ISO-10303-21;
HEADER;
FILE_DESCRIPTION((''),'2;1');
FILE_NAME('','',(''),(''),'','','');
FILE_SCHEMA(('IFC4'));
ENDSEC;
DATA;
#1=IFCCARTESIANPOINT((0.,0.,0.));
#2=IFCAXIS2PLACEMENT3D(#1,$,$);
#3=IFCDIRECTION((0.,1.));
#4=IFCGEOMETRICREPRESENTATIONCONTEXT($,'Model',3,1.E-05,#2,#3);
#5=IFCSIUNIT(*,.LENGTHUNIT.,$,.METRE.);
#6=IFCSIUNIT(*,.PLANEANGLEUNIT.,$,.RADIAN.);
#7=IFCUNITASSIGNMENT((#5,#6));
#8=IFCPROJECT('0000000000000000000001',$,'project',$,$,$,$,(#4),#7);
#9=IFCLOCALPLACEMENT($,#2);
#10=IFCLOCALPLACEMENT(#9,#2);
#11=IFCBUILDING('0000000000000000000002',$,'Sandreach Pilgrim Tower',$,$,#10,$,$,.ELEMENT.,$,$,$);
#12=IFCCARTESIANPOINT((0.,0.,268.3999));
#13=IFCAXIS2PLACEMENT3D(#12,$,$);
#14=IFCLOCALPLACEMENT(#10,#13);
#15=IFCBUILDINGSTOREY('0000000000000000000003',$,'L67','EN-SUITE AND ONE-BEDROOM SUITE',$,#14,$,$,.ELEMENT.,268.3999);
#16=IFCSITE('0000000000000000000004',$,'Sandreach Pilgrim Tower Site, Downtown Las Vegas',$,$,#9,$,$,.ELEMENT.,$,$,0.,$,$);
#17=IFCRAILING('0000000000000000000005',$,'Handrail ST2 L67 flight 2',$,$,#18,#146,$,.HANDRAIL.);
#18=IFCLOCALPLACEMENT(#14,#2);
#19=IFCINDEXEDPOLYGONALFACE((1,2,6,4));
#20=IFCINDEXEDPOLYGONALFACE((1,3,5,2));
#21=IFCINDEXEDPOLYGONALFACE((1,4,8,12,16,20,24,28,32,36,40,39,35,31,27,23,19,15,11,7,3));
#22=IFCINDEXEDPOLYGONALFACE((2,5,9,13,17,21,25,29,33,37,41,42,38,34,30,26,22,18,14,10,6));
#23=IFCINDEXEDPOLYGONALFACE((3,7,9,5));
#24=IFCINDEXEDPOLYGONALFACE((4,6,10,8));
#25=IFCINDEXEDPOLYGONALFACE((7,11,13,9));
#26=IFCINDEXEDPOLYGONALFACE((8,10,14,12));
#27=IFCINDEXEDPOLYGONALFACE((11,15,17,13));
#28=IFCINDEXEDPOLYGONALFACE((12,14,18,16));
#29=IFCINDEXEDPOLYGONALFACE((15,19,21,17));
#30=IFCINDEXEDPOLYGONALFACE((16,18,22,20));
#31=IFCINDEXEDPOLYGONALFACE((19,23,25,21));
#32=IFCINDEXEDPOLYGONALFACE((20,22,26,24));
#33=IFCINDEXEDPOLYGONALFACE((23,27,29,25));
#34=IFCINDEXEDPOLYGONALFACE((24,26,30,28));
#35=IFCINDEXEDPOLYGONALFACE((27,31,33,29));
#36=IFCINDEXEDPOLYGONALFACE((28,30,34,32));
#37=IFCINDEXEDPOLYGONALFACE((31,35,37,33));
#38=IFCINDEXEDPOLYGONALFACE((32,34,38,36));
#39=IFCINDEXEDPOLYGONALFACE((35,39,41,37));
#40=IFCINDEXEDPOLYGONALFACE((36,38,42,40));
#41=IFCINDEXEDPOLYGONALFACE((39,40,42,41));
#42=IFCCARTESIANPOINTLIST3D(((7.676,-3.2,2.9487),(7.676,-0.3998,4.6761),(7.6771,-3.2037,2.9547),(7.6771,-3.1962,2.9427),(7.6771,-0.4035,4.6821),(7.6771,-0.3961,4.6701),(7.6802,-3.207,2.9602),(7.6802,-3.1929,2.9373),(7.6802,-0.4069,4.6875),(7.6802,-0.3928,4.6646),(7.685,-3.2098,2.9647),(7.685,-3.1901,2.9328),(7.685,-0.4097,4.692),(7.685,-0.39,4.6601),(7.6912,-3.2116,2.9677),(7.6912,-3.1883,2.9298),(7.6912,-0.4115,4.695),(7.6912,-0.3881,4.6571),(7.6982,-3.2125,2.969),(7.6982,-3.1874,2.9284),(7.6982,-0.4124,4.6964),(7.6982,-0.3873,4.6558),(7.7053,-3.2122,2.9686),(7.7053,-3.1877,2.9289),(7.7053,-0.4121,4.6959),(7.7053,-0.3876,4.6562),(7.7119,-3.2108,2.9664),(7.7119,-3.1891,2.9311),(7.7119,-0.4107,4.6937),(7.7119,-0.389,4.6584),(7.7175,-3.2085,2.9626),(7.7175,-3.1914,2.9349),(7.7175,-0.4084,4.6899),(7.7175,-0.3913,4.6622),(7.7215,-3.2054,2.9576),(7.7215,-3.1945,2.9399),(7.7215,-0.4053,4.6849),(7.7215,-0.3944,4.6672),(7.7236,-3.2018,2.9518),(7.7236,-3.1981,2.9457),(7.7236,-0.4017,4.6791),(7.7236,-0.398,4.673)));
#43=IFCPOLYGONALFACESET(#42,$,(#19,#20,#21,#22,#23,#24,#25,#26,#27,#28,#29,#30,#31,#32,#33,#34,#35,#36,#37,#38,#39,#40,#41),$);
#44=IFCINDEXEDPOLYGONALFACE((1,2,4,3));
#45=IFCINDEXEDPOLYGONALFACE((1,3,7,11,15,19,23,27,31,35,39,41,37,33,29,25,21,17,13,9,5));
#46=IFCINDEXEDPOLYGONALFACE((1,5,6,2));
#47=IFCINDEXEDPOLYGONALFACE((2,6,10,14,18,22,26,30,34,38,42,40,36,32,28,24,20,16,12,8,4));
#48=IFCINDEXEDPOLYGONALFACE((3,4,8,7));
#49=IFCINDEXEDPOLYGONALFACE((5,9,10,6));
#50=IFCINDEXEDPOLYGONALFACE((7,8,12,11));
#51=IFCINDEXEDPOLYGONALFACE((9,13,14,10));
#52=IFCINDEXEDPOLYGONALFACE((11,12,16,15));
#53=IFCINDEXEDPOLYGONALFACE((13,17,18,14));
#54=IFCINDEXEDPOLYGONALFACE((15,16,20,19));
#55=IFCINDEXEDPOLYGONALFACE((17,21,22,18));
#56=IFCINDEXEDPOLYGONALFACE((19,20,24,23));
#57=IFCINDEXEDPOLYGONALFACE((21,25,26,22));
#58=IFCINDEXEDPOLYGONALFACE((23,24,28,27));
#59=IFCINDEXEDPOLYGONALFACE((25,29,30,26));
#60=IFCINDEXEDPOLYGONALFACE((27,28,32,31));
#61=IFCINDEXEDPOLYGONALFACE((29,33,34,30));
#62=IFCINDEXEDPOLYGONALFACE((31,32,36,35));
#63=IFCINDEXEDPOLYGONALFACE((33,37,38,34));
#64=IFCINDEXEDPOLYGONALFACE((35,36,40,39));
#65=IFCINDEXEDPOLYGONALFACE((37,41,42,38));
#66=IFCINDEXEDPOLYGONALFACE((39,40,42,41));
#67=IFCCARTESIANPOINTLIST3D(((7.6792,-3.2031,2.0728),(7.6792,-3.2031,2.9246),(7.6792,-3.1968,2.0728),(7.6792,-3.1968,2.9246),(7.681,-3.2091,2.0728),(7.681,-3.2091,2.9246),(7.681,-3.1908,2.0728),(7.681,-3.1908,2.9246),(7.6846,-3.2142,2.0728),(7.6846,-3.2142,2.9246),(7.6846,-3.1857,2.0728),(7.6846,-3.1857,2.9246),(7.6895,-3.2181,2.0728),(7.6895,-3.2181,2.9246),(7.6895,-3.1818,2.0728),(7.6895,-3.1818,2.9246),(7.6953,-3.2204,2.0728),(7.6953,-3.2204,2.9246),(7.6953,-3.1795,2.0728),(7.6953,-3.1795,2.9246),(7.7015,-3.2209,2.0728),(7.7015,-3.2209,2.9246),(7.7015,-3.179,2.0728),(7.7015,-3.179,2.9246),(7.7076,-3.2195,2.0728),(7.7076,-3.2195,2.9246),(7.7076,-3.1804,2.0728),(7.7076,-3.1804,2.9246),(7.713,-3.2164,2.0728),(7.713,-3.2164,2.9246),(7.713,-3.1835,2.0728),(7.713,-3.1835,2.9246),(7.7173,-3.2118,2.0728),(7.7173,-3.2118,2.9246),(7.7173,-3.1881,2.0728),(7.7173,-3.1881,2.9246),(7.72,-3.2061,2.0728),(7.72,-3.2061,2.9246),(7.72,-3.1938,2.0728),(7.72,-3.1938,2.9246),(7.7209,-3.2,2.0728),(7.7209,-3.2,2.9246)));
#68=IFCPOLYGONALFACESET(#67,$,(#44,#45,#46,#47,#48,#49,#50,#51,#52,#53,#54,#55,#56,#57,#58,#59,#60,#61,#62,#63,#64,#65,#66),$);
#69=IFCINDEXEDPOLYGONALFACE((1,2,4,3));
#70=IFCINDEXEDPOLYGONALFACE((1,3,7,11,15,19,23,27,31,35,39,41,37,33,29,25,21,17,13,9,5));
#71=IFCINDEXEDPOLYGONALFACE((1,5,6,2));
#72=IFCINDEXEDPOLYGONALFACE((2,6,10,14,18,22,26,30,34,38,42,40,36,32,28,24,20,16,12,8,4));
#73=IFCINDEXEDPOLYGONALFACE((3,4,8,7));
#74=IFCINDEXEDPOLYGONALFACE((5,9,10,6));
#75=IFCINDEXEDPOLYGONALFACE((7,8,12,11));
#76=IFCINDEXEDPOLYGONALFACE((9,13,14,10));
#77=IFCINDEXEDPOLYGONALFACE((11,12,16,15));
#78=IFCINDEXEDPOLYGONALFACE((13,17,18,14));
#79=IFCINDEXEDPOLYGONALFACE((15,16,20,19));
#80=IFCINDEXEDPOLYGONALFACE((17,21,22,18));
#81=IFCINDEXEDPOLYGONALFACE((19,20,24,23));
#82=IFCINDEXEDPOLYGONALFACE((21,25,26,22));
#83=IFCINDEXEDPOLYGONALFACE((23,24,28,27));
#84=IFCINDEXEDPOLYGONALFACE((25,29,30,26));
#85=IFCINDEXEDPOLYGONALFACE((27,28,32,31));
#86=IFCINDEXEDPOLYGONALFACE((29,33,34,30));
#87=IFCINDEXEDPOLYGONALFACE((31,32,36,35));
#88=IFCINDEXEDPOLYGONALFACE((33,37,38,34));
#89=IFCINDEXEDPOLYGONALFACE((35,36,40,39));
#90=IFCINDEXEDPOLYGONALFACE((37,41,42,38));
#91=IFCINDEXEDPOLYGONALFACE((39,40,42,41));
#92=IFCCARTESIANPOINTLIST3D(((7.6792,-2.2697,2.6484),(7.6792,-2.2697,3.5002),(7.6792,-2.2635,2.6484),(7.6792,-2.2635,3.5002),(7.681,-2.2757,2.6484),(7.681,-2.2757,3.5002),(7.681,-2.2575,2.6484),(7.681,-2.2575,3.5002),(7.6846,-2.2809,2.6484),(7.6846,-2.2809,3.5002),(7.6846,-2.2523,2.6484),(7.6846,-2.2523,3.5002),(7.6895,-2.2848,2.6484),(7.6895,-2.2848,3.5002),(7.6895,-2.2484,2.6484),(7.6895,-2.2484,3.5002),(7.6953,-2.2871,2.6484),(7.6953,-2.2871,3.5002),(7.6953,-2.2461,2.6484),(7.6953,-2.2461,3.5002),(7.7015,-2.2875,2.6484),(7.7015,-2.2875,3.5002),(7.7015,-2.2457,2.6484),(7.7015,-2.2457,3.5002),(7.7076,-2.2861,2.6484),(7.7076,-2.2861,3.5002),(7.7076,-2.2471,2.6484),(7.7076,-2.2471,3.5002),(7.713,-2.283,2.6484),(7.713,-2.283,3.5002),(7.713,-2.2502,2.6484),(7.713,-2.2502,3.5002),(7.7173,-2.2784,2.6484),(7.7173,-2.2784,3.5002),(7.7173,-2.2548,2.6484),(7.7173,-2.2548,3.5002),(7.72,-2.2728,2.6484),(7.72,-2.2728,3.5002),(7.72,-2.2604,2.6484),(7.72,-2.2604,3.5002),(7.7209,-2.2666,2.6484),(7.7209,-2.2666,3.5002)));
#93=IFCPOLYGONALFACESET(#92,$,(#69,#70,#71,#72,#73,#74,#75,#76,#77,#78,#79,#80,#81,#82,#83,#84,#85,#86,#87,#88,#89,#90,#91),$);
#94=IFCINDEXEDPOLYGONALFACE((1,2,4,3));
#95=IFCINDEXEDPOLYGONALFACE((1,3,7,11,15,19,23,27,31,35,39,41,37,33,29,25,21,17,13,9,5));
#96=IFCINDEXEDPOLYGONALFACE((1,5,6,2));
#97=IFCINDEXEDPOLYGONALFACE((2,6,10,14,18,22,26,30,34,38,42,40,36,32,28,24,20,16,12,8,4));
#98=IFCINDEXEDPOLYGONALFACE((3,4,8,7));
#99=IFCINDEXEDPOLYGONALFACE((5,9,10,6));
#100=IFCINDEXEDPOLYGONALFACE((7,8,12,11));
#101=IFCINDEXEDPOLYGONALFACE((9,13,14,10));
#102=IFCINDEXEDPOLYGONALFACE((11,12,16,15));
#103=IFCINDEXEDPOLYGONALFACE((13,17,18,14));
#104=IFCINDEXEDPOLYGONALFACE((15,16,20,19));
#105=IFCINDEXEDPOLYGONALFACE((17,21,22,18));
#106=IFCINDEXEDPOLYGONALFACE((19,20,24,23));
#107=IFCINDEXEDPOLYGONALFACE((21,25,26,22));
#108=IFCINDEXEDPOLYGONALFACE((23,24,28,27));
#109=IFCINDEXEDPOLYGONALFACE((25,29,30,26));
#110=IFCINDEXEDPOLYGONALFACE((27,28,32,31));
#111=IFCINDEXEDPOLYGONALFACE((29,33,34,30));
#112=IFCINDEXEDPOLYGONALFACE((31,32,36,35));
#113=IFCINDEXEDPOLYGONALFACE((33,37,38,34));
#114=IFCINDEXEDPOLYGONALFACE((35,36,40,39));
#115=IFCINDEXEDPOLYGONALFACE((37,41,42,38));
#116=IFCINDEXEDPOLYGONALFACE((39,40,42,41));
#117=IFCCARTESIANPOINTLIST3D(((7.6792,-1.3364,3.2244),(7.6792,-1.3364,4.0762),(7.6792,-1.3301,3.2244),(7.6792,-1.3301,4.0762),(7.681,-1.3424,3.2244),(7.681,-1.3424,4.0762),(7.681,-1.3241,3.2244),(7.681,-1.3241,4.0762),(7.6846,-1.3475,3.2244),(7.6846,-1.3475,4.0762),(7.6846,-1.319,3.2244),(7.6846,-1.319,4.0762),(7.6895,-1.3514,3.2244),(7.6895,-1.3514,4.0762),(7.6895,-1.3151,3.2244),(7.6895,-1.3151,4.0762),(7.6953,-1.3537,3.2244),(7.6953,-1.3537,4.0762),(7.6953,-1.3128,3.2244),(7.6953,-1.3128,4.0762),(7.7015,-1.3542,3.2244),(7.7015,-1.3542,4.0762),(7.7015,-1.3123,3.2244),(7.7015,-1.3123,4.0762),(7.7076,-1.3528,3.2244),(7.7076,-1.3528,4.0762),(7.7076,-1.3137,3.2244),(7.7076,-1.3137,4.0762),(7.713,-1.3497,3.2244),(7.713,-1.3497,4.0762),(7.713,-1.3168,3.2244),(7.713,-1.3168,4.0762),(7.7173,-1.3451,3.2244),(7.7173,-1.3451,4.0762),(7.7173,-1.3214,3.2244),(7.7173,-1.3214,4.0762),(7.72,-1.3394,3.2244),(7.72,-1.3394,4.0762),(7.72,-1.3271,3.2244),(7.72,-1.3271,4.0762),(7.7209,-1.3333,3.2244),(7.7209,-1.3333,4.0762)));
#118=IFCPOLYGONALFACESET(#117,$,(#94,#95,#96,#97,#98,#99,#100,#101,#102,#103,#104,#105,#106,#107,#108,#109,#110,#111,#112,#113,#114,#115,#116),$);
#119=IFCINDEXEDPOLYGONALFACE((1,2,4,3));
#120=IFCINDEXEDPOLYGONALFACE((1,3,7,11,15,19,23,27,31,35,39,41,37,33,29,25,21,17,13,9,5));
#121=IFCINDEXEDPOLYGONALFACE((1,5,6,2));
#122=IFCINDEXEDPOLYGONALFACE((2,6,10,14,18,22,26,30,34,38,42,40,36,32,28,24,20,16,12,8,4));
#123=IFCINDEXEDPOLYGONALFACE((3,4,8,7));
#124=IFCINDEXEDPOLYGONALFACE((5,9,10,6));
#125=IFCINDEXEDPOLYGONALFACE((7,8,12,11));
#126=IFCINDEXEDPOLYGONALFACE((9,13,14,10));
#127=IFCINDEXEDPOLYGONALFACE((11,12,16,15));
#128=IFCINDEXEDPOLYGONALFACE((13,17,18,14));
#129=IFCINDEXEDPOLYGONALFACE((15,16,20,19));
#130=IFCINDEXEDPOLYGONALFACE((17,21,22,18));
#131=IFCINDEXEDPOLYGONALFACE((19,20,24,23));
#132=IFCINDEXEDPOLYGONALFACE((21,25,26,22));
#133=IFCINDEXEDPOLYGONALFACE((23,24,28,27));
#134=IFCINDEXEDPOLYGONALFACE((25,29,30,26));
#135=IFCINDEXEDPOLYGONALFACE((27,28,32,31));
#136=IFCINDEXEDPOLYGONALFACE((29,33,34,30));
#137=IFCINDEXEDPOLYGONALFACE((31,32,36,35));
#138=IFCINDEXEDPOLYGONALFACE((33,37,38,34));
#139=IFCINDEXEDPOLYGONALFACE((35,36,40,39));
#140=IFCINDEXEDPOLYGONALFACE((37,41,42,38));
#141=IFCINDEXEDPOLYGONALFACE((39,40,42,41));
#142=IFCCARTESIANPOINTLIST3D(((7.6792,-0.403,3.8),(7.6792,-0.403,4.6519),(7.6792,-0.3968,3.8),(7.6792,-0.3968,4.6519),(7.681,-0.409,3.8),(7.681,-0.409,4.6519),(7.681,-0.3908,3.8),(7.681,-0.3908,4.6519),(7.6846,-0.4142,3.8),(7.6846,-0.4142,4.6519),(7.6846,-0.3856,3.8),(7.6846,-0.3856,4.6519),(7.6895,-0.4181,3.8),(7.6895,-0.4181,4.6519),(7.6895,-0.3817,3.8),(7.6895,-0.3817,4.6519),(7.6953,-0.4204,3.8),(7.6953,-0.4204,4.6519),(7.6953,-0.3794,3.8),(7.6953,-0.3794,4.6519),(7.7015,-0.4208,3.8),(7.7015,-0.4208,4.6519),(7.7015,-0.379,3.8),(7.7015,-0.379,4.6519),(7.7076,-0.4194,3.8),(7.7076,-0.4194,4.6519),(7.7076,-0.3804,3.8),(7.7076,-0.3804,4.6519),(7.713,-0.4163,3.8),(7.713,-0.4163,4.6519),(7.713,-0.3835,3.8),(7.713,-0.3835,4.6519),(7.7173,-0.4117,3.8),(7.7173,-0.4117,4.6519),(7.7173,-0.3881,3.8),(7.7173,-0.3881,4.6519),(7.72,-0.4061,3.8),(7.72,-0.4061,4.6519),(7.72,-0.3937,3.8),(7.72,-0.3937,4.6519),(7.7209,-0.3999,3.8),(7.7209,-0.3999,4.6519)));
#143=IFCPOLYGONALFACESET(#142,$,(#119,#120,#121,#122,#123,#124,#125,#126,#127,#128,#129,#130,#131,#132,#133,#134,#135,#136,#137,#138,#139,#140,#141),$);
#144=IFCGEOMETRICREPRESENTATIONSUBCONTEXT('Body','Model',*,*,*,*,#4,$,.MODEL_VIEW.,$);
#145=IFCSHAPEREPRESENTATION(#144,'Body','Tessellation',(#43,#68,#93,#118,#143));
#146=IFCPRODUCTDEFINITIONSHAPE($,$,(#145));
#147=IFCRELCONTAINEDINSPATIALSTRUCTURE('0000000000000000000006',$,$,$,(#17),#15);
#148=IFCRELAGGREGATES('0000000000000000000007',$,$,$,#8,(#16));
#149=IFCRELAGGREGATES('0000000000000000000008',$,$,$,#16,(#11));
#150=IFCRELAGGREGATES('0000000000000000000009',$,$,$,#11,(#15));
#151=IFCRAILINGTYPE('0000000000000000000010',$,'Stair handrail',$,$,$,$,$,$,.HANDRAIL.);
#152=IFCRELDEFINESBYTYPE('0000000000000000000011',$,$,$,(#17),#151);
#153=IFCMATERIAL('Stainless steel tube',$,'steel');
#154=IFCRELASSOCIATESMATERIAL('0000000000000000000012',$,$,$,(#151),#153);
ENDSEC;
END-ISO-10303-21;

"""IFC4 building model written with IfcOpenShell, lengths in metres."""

from ifc_helpers import new_model, si_unit, direction, frame, origin, origin_2d, place, context, subcontext, project, spatial, circle, extrude, material, type_object, element, save


model = new_model("IFC4")

# Units and contexts
model_context = context("Model", 3, precision=1e-05, world=origin(), true_north=direction((0.0, 1.0)))
body_context = subcontext(model_context, "Body", "Model", "MODEL_VIEW")
ifc_project = project(units=[si_unit("LENGTHUNIT", "METRE"), si_unit("PLANEANGLEUNIT", "RADIAN")], contexts=[model_context])

# Site, building, storey
site_placement = place(None, origin())
site = spatial("IfcSite", under=ifc_project, at=site_placement, Name="Sandreach Pilgrim Tower Site, Downtown Las Vegas", CompositionType="ELEMENT", RefElevation=0.0)
building_placement = place(site_placement, origin())
building = spatial("IfcBuilding", under=site, at=building_placement, Name="Sandreach Pilgrim Tower", CompositionType="ELEMENT")
storey_placement = place(building_placement, frame((0.0, 0.0, 268.3999)))
storey = spatial("IfcBuildingStorey", under=building, at=storey_placement, Name="L67", Description="EN-SUITE AND ONE-BEDROOM SUITE", CompositionType="ELEMENT", Elevation=268.3999)

# Railing
ifc_material_1 = material(Name="Stainless steel tube", Category="steel")
railing_type = type_object("IfcRailingType", Name="Stair handrail", PredefinedType="HANDRAIL", material=ifc_material_1)
for number, where, name in (
    (1, (7.7, -3.2, 2.0728), "Handrail ST2 L67 flight 2"),
):
    element("IfcRailing", number, at=place(storey_placement, frame(where)), inside=storey, type_object=railing_type, Name=name, PredefinedType="HANDRAIL", context=body_context, shape_type="SweptSolid", body=[
        extrude(circle(Radius=0.0239, at=origin_2d()), frame((0.0, 0.0, 0.876), z_axis=(0.0, 0.85109, 0.52502), x_axis=(-1.0, 0.0, 0.0)), (0.0, 0.0, 1.0), 3.29),
        extrude(circle(Radius=0.021, at=origin_2d()), origin(), (0.0, 0.0, 1.0), 0.8518),
        extrude(circle(Radius=0.021, at=origin_2d()), frame((0.0, 0.9333, 0.5757)), (0.0, 0.0, 1.0), 0.8518),
        extrude(circle(Radius=0.021, at=origin_2d()), frame((0.0, 1.8667, 1.1516)), (0.0, 0.0, 1.0), 0.8518),
        extrude(circle(Radius=0.021, at=origin_2d()), frame((0.0, 2.8, 1.7273)), (0.0, 0.0, 1.0), 0.8518),
    ])

save(model, "model.ifc")
